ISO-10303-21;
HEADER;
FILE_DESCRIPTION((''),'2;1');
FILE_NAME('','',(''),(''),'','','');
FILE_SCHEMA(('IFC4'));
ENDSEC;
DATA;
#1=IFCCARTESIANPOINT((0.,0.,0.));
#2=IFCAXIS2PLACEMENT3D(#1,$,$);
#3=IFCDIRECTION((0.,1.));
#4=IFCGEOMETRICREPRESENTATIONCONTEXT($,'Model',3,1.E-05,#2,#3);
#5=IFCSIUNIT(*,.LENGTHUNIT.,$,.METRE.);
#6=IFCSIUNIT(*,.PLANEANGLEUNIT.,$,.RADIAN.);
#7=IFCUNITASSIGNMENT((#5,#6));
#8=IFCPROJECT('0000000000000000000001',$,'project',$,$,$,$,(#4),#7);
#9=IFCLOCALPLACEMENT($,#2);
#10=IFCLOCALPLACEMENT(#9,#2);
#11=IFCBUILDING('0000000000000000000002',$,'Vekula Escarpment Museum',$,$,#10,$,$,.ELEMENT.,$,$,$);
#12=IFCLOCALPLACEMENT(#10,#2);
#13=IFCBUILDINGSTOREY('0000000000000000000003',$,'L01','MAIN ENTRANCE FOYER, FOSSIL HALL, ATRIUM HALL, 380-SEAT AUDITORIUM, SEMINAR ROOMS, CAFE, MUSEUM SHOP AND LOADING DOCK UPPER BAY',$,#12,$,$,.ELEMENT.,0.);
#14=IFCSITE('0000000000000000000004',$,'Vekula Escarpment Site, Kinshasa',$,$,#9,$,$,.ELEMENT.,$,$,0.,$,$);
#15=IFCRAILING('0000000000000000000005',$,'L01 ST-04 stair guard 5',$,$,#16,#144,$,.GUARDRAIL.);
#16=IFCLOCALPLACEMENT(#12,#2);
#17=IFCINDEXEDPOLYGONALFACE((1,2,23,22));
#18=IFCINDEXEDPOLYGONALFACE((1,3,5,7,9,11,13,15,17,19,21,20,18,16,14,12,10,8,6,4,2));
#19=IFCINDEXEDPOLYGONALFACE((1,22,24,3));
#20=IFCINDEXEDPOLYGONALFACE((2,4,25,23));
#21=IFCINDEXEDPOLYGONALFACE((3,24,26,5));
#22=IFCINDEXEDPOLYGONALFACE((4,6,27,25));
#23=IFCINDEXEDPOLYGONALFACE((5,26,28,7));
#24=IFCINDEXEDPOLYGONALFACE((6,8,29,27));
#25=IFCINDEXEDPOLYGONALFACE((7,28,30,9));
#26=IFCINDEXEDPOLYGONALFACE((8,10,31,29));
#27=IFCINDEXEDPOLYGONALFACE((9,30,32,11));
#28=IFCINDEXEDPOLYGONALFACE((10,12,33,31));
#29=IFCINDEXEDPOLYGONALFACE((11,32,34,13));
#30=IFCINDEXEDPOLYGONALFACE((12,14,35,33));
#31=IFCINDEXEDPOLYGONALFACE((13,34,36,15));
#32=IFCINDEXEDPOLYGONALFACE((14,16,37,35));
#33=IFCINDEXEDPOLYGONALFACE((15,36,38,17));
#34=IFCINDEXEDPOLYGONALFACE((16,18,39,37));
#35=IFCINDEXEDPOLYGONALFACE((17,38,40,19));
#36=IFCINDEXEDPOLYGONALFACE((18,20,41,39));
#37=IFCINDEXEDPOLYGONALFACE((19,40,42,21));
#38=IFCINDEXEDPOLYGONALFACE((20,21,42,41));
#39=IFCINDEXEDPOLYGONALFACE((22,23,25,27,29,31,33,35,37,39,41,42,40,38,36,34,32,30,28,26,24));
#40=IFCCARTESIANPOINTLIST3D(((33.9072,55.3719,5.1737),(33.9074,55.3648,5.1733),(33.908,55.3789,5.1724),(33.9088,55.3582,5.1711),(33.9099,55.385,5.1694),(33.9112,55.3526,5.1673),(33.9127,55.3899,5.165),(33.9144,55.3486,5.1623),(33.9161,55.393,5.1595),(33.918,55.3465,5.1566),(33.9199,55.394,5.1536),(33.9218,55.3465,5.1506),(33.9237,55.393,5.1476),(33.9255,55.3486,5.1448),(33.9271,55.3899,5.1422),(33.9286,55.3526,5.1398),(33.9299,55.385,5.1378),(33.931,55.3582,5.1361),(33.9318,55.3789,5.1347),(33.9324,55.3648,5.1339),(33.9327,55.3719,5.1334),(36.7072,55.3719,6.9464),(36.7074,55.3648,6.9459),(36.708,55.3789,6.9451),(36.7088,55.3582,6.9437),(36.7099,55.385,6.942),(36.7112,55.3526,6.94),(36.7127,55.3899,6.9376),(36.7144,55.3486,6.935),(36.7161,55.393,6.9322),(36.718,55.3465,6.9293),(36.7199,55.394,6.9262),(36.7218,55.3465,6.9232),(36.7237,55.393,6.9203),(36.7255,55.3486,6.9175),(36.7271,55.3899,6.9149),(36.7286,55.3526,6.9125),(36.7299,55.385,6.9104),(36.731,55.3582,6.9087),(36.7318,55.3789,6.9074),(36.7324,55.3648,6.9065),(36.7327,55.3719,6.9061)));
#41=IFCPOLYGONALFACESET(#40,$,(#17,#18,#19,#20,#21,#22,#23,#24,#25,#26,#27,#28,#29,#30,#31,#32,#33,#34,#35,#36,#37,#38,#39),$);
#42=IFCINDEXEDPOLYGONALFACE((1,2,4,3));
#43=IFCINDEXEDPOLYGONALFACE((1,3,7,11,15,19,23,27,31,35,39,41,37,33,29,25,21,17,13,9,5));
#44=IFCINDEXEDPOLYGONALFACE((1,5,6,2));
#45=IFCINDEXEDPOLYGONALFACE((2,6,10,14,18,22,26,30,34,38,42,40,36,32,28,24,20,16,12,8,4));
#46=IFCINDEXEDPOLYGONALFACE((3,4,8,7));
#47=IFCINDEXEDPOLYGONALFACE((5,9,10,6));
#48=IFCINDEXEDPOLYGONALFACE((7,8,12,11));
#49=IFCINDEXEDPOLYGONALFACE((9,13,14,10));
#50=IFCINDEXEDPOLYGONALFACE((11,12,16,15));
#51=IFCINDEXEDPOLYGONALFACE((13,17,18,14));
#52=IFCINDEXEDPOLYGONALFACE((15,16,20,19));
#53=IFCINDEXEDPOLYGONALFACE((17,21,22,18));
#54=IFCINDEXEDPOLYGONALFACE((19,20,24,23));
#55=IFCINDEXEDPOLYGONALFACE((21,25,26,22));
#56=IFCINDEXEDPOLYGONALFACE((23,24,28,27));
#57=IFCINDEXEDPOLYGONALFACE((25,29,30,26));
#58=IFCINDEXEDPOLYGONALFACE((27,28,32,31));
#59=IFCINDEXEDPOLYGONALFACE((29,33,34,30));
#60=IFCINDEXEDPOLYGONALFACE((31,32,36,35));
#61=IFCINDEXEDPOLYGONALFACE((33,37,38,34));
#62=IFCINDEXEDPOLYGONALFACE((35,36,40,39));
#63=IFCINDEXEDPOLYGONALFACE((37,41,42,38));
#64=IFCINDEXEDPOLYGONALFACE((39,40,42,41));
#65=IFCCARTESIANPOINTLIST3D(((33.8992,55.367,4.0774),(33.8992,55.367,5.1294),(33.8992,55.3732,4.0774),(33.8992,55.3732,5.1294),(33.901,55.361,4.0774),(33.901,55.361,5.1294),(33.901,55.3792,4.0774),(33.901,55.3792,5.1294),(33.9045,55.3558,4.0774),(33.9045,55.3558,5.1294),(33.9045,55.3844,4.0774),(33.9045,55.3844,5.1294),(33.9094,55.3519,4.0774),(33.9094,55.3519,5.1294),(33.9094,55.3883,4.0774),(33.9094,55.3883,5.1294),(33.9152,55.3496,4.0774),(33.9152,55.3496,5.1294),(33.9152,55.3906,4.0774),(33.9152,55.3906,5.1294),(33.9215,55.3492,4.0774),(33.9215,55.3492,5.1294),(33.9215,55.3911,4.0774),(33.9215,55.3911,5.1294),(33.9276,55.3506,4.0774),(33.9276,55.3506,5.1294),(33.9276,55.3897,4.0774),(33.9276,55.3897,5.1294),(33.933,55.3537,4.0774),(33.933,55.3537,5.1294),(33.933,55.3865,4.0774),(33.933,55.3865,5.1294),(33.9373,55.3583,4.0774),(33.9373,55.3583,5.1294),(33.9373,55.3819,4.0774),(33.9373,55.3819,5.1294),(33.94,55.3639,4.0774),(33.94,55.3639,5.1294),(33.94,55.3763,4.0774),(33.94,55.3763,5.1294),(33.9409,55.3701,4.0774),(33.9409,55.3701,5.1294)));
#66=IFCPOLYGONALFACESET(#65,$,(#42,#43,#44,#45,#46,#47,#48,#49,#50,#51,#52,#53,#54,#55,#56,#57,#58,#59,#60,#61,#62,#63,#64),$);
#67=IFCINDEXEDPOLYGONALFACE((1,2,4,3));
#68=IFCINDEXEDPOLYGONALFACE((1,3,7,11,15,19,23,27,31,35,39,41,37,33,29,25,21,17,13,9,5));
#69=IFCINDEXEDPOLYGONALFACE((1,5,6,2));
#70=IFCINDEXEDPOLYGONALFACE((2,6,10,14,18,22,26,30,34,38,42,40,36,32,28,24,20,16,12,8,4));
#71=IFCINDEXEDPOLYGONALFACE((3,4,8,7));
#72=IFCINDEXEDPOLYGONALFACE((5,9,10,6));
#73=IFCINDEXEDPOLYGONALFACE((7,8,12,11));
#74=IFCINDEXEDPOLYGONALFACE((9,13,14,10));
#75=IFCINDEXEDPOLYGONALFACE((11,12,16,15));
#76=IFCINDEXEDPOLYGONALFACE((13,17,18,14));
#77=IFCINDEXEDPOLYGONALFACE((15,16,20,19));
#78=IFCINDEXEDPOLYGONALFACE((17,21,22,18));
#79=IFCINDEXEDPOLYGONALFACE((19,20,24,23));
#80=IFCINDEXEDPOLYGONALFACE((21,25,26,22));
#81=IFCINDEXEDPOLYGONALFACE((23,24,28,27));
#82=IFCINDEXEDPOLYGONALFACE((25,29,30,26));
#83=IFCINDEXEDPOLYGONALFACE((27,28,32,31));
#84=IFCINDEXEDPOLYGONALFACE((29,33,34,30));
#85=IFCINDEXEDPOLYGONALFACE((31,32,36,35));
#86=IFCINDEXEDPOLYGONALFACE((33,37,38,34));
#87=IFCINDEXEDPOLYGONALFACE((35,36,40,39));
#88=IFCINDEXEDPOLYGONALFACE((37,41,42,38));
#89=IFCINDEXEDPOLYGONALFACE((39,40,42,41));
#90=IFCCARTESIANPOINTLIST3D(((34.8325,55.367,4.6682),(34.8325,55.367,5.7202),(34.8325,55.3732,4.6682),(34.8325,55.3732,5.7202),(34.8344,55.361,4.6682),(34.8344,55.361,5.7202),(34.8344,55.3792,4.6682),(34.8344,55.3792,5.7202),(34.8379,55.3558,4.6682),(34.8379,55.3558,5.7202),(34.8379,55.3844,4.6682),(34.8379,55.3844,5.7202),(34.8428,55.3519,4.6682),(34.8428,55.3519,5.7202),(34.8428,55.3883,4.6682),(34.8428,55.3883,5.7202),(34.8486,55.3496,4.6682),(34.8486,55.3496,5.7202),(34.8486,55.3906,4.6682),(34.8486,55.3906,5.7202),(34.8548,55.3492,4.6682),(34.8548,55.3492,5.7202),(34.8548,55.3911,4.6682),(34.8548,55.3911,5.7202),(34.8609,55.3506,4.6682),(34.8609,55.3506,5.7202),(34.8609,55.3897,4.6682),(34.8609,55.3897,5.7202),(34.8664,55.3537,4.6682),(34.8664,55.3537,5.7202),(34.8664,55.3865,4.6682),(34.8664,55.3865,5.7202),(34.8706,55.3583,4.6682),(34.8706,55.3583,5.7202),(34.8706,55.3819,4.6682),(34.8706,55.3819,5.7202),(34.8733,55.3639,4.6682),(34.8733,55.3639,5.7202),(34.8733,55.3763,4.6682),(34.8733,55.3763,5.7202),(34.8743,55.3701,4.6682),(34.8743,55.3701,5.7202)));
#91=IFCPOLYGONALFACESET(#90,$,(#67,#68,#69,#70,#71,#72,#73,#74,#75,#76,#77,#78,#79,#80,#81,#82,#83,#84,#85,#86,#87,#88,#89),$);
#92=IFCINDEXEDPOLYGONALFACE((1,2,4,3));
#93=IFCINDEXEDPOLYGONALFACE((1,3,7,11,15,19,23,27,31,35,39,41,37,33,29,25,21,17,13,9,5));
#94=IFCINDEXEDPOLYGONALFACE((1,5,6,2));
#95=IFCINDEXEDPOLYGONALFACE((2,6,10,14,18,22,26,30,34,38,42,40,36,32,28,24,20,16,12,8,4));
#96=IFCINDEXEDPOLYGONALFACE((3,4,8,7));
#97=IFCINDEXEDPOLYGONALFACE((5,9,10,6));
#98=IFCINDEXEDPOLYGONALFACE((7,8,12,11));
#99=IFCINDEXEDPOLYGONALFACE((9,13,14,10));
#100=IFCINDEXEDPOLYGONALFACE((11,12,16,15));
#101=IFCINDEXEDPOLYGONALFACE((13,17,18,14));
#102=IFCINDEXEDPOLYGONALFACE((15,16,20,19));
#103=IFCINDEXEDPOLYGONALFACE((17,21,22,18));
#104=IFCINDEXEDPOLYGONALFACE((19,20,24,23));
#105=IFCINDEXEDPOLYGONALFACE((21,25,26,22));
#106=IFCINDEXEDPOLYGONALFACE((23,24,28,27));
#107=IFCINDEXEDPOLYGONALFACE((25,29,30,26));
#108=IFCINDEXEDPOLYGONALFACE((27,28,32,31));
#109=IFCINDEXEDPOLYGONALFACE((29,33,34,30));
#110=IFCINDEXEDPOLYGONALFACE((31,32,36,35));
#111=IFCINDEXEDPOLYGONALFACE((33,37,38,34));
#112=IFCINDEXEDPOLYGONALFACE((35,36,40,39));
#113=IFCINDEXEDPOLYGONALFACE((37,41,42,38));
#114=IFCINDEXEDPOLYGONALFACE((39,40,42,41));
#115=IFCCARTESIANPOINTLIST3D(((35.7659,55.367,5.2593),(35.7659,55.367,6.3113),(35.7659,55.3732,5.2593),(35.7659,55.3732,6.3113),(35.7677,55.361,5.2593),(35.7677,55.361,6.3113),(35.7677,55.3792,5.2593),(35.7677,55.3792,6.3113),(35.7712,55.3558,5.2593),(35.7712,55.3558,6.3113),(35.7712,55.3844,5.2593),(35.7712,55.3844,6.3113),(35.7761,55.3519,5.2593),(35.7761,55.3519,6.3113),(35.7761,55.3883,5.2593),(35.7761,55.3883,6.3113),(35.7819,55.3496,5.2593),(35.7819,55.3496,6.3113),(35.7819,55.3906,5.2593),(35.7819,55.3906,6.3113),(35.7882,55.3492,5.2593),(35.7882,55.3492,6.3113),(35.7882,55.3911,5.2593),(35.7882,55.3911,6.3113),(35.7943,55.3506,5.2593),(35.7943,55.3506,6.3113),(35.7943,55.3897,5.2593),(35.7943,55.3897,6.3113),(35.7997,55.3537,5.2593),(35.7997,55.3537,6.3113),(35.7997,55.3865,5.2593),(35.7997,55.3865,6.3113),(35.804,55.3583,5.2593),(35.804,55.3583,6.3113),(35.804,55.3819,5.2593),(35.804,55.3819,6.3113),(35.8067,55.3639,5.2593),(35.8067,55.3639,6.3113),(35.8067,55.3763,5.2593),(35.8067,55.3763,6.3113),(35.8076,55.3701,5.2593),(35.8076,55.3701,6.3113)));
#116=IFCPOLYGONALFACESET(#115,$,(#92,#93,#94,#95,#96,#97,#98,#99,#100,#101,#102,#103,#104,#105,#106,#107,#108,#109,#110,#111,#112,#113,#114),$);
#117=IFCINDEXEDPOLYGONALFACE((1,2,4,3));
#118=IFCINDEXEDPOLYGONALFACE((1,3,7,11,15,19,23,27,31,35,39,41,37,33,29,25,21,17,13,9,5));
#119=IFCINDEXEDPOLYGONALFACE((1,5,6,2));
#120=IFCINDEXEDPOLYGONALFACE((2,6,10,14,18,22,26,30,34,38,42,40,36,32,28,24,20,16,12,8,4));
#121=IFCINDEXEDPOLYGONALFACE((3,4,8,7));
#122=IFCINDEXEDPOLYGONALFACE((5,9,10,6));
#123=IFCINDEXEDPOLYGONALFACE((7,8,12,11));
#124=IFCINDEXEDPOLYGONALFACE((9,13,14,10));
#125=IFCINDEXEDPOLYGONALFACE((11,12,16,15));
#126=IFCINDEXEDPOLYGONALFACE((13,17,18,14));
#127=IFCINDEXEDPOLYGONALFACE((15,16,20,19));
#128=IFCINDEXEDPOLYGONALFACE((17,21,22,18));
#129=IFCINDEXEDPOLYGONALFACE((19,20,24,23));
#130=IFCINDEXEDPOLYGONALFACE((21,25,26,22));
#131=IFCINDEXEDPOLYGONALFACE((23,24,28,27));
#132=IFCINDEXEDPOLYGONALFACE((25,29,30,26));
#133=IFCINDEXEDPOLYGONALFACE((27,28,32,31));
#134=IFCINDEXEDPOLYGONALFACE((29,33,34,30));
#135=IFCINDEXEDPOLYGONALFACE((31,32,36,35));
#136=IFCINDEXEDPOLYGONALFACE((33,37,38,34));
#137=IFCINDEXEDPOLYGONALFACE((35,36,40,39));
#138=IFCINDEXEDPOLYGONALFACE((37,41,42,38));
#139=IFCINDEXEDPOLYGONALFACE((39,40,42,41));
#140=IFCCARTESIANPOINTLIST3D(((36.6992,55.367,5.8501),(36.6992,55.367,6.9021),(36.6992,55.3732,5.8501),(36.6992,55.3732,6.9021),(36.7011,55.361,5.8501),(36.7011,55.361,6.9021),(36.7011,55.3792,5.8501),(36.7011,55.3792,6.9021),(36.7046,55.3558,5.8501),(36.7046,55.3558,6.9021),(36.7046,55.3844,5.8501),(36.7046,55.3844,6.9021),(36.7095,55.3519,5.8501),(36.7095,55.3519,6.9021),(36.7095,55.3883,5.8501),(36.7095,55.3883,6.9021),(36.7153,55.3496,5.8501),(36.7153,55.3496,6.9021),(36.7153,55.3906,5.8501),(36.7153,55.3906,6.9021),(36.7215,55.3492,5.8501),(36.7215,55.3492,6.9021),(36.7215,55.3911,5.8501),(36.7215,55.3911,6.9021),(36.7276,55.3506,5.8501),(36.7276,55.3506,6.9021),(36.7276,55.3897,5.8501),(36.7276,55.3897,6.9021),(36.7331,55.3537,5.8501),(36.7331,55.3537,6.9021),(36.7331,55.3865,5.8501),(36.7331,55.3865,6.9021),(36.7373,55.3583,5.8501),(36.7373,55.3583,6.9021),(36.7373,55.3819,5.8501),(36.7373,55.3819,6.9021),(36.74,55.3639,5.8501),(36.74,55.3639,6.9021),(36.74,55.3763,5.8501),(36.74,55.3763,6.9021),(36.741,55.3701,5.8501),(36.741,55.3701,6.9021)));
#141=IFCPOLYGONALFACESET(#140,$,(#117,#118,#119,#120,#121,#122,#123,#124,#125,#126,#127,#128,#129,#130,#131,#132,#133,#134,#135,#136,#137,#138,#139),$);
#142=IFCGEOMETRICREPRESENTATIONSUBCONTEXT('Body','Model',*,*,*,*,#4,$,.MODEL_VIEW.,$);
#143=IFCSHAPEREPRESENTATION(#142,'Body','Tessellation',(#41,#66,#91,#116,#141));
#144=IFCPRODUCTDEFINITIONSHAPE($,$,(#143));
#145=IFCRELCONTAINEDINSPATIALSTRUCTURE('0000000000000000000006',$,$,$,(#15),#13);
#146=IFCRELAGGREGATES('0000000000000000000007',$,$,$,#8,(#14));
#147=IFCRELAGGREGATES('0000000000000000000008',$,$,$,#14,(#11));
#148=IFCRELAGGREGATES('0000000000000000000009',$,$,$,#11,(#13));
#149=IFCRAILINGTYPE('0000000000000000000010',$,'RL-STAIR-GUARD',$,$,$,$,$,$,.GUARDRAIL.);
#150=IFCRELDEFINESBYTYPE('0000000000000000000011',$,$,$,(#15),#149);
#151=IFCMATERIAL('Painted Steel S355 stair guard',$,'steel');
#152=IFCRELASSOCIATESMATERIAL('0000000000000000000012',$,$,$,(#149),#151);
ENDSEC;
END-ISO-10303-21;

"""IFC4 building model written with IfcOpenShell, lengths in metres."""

from ifc_helpers import new_model, si_unit, direction, frame, origin, origin_2d, place, context, subcontext, project, spatial, circle, extrude, material, type_object, element, save


model = new_model("IFC4")

# Units and contexts
model_context = context("Model", 3, precision=1e-05, world=origin(), true_north=direction((0.0, 1.0)))
body_context = subcontext(model_context, "Body", "Model", "MODEL_VIEW")
ifc_project = project(units=[si_unit("LENGTHUNIT", "METRE"), si_unit("PLANEANGLEUNIT", "RADIAN")], contexts=[model_context])

# Site, building, storey
site_placement = place(None, origin())
site = spatial("IfcSite", under=ifc_project, at=site_placement, Name="Vekula Escarpment Site, Kinshasa", CompositionType="ELEMENT", RefElevation=0.0)
building_placement = place(site_placement, origin())
building = spatial("IfcBuilding", under=site, at=building_placement, Name="Vekula Escarpment Museum", CompositionType="ELEMENT")
storey_placement = place(building_placement, origin())
storey = spatial("IfcBuildingStorey", under=building, at=storey_placement, Name="L01", Description="MAIN ENTRANCE FOYER, FOSSIL HALL, ATRIUM HALL, 380-SEAT AUDITORIUM, SEMINAR ROOMS, CAFE, MUSEUM SHOP AND LOADING DOCK UPPER BAY", CompositionType="ELEMENT", Elevation=0.0)

# Railing
ifc_material_1 = material(Name="Painted Steel S355 stair guard", Category="steel")
railing_type_1 = type_object("IfcRailingType", Name="RL-STAIR-GUARD", PredefinedType="GUARDRAIL", material=ifc_material_1)
railing_1_placement = place(storey_placement, frame((33.9199, 55.3701, 4.0774)))
element("IfcRailing", 1, at=railing_1_placement, inside=storey, type_object=railing_type_1, Name="L01 ST-04 stair guard 5", PredefinedType="GUARDRAIL", context=body_context, shape_type="SweptSolid", body=[
    extrude(circle(Radius=0.0239, at=origin_2d()), frame((0.0, 0.0, 1.0762), z_axis=(0.844909, 0.0, 0.53491), x_axis=(0.0, 1.0, 0.0)), (0.0, 0.0, 1.0), 3.314),
    extrude(circle(Radius=0.021, at=origin_2d()), origin(), (0.0, 0.0, 1.0), 1.052),
    extrude(circle(Radius=0.021, at=origin_2d()), frame((0.9333, 0.0, 0.5908)), (0.0, 0.0, 1.0), 1.052),
    extrude(circle(Radius=0.021, at=origin_2d()), frame((1.8667, 0.0, 1.1819)), (0.0, 0.0, 1.0), 1.052),
    extrude(circle(Radius=0.021, at=origin_2d()), frame((2.8, 0.0, 1.7727)), (0.0, 0.0, 1.0), 1.052),
])

save(model, "model.ifc")
